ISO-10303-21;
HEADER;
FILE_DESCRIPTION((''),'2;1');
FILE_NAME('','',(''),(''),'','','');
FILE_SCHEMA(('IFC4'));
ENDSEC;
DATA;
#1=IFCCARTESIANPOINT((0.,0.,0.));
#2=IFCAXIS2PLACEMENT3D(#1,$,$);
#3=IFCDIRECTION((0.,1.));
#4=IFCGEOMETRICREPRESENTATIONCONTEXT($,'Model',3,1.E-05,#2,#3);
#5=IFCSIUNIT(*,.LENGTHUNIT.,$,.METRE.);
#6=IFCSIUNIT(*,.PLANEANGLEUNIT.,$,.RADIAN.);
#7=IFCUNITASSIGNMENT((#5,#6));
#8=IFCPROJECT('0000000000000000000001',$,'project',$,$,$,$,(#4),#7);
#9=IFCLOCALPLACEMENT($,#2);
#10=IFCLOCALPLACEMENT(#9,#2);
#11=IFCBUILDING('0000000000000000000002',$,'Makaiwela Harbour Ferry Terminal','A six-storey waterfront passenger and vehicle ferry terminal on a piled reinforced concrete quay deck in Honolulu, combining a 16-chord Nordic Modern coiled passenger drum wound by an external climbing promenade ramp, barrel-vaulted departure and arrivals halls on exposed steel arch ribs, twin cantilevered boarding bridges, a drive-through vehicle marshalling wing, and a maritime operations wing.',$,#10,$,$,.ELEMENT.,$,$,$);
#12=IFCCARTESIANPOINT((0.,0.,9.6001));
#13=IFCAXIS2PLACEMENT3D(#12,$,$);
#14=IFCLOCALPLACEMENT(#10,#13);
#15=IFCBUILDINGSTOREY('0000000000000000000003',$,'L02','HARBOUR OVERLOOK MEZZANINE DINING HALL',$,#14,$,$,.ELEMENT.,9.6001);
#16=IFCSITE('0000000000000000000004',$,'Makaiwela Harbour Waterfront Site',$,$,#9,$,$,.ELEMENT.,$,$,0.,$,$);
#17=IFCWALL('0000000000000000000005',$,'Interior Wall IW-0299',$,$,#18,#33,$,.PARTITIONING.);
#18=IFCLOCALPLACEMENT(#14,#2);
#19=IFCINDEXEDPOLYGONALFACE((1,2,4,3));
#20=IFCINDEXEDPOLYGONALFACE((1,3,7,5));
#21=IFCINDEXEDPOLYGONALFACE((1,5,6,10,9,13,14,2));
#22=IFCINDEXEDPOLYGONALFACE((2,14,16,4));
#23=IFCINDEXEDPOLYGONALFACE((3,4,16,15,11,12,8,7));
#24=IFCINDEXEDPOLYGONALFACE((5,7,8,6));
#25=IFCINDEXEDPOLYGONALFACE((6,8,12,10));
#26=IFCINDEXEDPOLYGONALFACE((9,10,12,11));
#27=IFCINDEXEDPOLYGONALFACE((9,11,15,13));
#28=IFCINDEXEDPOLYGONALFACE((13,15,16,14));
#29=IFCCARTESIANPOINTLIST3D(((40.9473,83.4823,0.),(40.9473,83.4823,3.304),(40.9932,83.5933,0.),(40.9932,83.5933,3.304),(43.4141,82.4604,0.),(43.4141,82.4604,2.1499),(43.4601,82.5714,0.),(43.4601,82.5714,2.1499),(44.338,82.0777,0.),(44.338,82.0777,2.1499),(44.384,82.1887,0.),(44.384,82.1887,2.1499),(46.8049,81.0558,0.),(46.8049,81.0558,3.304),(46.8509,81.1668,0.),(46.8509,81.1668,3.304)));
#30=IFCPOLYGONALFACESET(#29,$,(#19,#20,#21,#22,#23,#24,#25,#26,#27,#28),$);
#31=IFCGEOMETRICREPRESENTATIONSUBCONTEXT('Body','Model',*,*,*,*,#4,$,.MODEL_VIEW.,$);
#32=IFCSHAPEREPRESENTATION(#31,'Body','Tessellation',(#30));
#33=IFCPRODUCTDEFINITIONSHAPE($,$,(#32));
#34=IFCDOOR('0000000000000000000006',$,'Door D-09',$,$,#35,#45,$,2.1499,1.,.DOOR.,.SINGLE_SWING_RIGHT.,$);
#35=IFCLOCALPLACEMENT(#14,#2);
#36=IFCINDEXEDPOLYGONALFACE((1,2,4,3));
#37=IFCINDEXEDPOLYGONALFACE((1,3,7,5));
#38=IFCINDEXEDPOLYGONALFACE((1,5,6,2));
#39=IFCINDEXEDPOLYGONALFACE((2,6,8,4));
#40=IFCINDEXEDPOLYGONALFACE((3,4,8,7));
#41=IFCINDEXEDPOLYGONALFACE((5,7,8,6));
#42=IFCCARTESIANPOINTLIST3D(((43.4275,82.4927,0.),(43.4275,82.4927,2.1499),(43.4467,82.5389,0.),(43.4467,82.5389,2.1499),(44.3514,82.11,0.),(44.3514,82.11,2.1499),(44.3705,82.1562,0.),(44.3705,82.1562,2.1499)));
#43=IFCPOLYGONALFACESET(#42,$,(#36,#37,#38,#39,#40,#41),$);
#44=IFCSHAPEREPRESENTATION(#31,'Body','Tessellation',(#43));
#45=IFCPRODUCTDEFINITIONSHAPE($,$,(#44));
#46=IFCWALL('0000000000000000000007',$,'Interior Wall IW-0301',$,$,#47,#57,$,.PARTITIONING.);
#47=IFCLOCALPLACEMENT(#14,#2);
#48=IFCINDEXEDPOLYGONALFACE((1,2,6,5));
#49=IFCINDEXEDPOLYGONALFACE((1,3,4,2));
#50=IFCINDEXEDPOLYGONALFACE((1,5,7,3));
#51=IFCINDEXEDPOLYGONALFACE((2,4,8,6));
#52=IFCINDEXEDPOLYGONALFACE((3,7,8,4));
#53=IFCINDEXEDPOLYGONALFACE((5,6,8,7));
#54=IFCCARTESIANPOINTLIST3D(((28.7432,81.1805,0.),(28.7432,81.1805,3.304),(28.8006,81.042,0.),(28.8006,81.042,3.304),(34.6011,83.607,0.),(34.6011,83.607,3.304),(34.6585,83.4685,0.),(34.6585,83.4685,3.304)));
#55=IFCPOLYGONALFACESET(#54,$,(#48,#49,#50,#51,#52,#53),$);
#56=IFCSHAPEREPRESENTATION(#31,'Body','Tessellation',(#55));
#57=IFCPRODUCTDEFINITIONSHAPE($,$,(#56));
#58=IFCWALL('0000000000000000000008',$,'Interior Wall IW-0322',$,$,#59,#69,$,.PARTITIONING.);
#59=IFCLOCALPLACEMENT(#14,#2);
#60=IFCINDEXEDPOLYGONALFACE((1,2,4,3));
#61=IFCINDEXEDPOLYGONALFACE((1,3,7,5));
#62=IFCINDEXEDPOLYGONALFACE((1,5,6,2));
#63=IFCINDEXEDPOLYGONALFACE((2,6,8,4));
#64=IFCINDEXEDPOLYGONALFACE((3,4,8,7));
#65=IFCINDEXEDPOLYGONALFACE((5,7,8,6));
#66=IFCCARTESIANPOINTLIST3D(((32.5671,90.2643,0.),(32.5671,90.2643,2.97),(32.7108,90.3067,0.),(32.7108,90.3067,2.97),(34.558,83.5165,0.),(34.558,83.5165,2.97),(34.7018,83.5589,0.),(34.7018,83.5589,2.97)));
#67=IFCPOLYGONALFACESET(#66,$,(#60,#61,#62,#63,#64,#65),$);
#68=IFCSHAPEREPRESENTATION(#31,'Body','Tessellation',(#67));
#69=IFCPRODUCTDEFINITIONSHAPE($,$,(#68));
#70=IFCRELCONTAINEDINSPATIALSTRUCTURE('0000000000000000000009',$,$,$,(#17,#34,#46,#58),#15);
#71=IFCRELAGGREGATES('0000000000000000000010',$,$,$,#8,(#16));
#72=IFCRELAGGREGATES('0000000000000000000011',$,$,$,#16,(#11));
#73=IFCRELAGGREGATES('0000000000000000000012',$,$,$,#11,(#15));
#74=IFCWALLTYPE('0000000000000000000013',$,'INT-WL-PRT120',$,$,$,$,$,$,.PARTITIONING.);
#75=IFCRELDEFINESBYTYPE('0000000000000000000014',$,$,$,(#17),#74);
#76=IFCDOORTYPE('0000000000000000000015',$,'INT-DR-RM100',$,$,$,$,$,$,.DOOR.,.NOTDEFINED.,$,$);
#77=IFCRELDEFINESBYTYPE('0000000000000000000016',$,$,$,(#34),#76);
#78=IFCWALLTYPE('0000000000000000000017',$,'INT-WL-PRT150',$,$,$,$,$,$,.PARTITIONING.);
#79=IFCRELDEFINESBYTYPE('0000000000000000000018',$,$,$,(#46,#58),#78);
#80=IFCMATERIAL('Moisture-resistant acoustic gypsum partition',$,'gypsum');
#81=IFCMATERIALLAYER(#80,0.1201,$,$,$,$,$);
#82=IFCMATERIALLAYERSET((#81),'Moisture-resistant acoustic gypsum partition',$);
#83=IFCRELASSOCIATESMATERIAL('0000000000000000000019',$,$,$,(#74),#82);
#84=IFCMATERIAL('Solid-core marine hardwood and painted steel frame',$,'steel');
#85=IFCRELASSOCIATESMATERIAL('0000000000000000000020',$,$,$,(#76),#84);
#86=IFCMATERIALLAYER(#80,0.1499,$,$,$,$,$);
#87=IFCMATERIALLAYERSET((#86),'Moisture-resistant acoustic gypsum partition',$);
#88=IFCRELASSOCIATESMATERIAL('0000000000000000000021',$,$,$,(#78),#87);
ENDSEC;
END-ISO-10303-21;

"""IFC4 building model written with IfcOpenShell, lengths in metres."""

from ifc_helpers import new_model, si_unit, direction, frame, frame_2d, origin, place, context, subcontext, project, spatial, rectangle, extrude, material, layer, layer_set, type_object, element, fill, save


model = new_model("IFC4")

# Units and contexts
model_context = context("Model", 3, precision=1e-05, world=origin(), true_north=direction((0.0, 1.0)))
body_context = subcontext(model_context, "Body", "Model", "MODEL_VIEW")
ifc_project = project(units=[si_unit("LENGTHUNIT", "METRE"), si_unit("PLANEANGLEUNIT", "RADIAN")], contexts=[model_context])

# Site, building, storey
site_placement = place(None, origin())
site = spatial("IfcSite", under=ifc_project, at=site_placement, Name="Makaiwela Harbour Waterfront Site", CompositionType="ELEMENT", RefElevation=0.0)
building_placement = place(site_placement, origin())
building = spatial("IfcBuilding", under=site, at=building_placement, Name="Makaiwela Harbour Ferry Terminal", Description="A six-storey waterfront passenger and vehicle ferry terminal on a piled reinforced concrete quay deck in Honolulu, combining a 16-chord Nordic Modern coiled passenger drum wound by an external climbing promenade ramp, barrel-vaulted departure and arrivals halls on exposed steel arch ribs, twin cantilevered boarding bridges, a drive-through vehicle marshalling wing, and a maritime operations wing.", CompositionType="ELEMENT")
storey_placement = place(building_placement, frame((0.0, 0.0, 9.6001)))
storey = spatial("IfcBuildingStorey", under=building, at=storey_placement, Name="L02", Description="HARBOUR OVERLOOK MEZZANINE DINING HALL", CompositionType="ELEMENT", Elevation=9.6001)

# Wall, opening, door
ifc_material_1 = material(Name="Moisture-resistant acoustic gypsum partition", Category="gypsum")
ifc_layer_1 = layer(ifc_material_1, 0.1201)
ifc_layer_set_1 = layer_set([ifc_layer_1], Name="Moisture-resistant acoustic gypsum partition")
wall_type_1 = type_object("IfcWallType", Name="INT-WL-PRT120", PredefinedType="PARTITIONING", material=ifc_layer_set_1)
wall_1_placement = place(storey_placement, frame((46.8279, 81.1113, 0.0), z_axis=(0.0, 0.0, 1.0), x_axis=(-0.923869, 0.382709, 0.0)))
wall_1 = element("IfcWall", 1, at=wall_1_placement, inside=storey, type_object=wall_type_1, Name="Interior Wall IW-0299", PredefinedType="PARTITIONING", context=body_context, shape_type="SweptSolid", body=[
    extrude(rectangle(XDim=6.3403, YDim=0.1201, at=frame_2d((3.1702, 0.0))), origin(), (0.0, 0.0, 1.0), 3.304),
])
opening_placement = place(wall_1_placement, frame((2.6702, 0.0, 0.0)))
opening = element("IfcOpeningElement", 2, at=opening_placement, cuts=wall_1, PredefinedType="OPENING", context=body_context, shape_type="SweptSolid", body=[
    extrude(rectangle(XDim=1.0, YDim=2.1499, at=frame_2d((0.5, 1.075))), frame((0.0, 0.0701, 0.0), z_axis=(0.0, -1.0, 0.0), x_axis=(1.0, 0.0, 0.0)), (0.0, 0.0, 1.0), 0.1401),
])
ifc_material_2 = material(Name="Solid-core marine hardwood and painted steel frame", Category="steel")
door_type = type_object("IfcDoorType", Name="INT-DR-RM100", OperationType="NOTDEFINED", PredefinedType="DOOR", material=ifc_material_2)
door_placement = place(opening_placement, frame((1.0, 0.0, 0.0), z_axis=(0.0, 0.0, 1.0), x_axis=(-1.0, 0.0, 0.0)))
door = element("IfcDoor", 3, at=door_placement, inside=storey, type_object=door_type, Name="Door D-09", OperationType="SINGLE_SWING_RIGHT", OverallHeight=2.1499, OverallWidth=1.0, PredefinedType="DOOR", context=body_context, shape_type="SweptSolid", body=[
    extrude(rectangle(XDim=1.0, YDim=2.1499, at=frame_2d((0.5, 1.075))), frame((0.0, 0.0249, 0.0), z_axis=(0.0, -1.0, 0.0), x_axis=(1.0, 0.0, 0.0)), (0.0, 0.0, 1.0), 0.05),
])
fill(opening, door)

# Walls
ifc_layer_2 = layer(ifc_material_1, 0.1499)
ifc_layer_set_2 = layer_set([ifc_layer_2], Name="Moisture-resistant acoustic gypsum partition")
wall_type_2 = type_object("IfcWallType", Name="INT-WL-PRT150", PredefinedType="PARTITIONING", material=ifc_layer_set_2)
wall_2_placement = place(storey_placement, frame((34.6299, 83.5378, 0.0), z_axis=(0.0, 0.0, 1.0), x_axis=(-0.923875, -0.382695, 0.0)))
element("IfcWall", 4, at=wall_2_placement, inside=storey, type_object=wall_type_2, Name="Interior Wall IW-0301", PredefinedType="PARTITIONING", context=body_context, shape_type="SweptSolid", body=[
    extrude(rectangle(XDim=6.3406, YDim=0.1499, at=frame_2d((3.1704, 0.0))), origin(), (0.0, 0.0, 1.0), 3.304),
])
wall_3_placement = place(storey_placement, frame((34.6299, 83.5378, 0.0), z_axis=(0.0, 0.0, 1.0), x_axis=(-0.282993, 0.959122, 0.0)))
element("IfcWall", 5, at=wall_3_placement, inside=storey, type_object=wall_type_2, Name="Interior Wall IW-0322", PredefinedType="PARTITIONING", context=body_context, shape_type="SweptSolid", body=[
    extrude(rectangle(XDim=7.0354, YDim=0.1499, at=frame_2d((3.5176, 0.0))), origin(), (0.0, 0.0, 1.0), 2.97),
])

save(model, "model.ifc")
